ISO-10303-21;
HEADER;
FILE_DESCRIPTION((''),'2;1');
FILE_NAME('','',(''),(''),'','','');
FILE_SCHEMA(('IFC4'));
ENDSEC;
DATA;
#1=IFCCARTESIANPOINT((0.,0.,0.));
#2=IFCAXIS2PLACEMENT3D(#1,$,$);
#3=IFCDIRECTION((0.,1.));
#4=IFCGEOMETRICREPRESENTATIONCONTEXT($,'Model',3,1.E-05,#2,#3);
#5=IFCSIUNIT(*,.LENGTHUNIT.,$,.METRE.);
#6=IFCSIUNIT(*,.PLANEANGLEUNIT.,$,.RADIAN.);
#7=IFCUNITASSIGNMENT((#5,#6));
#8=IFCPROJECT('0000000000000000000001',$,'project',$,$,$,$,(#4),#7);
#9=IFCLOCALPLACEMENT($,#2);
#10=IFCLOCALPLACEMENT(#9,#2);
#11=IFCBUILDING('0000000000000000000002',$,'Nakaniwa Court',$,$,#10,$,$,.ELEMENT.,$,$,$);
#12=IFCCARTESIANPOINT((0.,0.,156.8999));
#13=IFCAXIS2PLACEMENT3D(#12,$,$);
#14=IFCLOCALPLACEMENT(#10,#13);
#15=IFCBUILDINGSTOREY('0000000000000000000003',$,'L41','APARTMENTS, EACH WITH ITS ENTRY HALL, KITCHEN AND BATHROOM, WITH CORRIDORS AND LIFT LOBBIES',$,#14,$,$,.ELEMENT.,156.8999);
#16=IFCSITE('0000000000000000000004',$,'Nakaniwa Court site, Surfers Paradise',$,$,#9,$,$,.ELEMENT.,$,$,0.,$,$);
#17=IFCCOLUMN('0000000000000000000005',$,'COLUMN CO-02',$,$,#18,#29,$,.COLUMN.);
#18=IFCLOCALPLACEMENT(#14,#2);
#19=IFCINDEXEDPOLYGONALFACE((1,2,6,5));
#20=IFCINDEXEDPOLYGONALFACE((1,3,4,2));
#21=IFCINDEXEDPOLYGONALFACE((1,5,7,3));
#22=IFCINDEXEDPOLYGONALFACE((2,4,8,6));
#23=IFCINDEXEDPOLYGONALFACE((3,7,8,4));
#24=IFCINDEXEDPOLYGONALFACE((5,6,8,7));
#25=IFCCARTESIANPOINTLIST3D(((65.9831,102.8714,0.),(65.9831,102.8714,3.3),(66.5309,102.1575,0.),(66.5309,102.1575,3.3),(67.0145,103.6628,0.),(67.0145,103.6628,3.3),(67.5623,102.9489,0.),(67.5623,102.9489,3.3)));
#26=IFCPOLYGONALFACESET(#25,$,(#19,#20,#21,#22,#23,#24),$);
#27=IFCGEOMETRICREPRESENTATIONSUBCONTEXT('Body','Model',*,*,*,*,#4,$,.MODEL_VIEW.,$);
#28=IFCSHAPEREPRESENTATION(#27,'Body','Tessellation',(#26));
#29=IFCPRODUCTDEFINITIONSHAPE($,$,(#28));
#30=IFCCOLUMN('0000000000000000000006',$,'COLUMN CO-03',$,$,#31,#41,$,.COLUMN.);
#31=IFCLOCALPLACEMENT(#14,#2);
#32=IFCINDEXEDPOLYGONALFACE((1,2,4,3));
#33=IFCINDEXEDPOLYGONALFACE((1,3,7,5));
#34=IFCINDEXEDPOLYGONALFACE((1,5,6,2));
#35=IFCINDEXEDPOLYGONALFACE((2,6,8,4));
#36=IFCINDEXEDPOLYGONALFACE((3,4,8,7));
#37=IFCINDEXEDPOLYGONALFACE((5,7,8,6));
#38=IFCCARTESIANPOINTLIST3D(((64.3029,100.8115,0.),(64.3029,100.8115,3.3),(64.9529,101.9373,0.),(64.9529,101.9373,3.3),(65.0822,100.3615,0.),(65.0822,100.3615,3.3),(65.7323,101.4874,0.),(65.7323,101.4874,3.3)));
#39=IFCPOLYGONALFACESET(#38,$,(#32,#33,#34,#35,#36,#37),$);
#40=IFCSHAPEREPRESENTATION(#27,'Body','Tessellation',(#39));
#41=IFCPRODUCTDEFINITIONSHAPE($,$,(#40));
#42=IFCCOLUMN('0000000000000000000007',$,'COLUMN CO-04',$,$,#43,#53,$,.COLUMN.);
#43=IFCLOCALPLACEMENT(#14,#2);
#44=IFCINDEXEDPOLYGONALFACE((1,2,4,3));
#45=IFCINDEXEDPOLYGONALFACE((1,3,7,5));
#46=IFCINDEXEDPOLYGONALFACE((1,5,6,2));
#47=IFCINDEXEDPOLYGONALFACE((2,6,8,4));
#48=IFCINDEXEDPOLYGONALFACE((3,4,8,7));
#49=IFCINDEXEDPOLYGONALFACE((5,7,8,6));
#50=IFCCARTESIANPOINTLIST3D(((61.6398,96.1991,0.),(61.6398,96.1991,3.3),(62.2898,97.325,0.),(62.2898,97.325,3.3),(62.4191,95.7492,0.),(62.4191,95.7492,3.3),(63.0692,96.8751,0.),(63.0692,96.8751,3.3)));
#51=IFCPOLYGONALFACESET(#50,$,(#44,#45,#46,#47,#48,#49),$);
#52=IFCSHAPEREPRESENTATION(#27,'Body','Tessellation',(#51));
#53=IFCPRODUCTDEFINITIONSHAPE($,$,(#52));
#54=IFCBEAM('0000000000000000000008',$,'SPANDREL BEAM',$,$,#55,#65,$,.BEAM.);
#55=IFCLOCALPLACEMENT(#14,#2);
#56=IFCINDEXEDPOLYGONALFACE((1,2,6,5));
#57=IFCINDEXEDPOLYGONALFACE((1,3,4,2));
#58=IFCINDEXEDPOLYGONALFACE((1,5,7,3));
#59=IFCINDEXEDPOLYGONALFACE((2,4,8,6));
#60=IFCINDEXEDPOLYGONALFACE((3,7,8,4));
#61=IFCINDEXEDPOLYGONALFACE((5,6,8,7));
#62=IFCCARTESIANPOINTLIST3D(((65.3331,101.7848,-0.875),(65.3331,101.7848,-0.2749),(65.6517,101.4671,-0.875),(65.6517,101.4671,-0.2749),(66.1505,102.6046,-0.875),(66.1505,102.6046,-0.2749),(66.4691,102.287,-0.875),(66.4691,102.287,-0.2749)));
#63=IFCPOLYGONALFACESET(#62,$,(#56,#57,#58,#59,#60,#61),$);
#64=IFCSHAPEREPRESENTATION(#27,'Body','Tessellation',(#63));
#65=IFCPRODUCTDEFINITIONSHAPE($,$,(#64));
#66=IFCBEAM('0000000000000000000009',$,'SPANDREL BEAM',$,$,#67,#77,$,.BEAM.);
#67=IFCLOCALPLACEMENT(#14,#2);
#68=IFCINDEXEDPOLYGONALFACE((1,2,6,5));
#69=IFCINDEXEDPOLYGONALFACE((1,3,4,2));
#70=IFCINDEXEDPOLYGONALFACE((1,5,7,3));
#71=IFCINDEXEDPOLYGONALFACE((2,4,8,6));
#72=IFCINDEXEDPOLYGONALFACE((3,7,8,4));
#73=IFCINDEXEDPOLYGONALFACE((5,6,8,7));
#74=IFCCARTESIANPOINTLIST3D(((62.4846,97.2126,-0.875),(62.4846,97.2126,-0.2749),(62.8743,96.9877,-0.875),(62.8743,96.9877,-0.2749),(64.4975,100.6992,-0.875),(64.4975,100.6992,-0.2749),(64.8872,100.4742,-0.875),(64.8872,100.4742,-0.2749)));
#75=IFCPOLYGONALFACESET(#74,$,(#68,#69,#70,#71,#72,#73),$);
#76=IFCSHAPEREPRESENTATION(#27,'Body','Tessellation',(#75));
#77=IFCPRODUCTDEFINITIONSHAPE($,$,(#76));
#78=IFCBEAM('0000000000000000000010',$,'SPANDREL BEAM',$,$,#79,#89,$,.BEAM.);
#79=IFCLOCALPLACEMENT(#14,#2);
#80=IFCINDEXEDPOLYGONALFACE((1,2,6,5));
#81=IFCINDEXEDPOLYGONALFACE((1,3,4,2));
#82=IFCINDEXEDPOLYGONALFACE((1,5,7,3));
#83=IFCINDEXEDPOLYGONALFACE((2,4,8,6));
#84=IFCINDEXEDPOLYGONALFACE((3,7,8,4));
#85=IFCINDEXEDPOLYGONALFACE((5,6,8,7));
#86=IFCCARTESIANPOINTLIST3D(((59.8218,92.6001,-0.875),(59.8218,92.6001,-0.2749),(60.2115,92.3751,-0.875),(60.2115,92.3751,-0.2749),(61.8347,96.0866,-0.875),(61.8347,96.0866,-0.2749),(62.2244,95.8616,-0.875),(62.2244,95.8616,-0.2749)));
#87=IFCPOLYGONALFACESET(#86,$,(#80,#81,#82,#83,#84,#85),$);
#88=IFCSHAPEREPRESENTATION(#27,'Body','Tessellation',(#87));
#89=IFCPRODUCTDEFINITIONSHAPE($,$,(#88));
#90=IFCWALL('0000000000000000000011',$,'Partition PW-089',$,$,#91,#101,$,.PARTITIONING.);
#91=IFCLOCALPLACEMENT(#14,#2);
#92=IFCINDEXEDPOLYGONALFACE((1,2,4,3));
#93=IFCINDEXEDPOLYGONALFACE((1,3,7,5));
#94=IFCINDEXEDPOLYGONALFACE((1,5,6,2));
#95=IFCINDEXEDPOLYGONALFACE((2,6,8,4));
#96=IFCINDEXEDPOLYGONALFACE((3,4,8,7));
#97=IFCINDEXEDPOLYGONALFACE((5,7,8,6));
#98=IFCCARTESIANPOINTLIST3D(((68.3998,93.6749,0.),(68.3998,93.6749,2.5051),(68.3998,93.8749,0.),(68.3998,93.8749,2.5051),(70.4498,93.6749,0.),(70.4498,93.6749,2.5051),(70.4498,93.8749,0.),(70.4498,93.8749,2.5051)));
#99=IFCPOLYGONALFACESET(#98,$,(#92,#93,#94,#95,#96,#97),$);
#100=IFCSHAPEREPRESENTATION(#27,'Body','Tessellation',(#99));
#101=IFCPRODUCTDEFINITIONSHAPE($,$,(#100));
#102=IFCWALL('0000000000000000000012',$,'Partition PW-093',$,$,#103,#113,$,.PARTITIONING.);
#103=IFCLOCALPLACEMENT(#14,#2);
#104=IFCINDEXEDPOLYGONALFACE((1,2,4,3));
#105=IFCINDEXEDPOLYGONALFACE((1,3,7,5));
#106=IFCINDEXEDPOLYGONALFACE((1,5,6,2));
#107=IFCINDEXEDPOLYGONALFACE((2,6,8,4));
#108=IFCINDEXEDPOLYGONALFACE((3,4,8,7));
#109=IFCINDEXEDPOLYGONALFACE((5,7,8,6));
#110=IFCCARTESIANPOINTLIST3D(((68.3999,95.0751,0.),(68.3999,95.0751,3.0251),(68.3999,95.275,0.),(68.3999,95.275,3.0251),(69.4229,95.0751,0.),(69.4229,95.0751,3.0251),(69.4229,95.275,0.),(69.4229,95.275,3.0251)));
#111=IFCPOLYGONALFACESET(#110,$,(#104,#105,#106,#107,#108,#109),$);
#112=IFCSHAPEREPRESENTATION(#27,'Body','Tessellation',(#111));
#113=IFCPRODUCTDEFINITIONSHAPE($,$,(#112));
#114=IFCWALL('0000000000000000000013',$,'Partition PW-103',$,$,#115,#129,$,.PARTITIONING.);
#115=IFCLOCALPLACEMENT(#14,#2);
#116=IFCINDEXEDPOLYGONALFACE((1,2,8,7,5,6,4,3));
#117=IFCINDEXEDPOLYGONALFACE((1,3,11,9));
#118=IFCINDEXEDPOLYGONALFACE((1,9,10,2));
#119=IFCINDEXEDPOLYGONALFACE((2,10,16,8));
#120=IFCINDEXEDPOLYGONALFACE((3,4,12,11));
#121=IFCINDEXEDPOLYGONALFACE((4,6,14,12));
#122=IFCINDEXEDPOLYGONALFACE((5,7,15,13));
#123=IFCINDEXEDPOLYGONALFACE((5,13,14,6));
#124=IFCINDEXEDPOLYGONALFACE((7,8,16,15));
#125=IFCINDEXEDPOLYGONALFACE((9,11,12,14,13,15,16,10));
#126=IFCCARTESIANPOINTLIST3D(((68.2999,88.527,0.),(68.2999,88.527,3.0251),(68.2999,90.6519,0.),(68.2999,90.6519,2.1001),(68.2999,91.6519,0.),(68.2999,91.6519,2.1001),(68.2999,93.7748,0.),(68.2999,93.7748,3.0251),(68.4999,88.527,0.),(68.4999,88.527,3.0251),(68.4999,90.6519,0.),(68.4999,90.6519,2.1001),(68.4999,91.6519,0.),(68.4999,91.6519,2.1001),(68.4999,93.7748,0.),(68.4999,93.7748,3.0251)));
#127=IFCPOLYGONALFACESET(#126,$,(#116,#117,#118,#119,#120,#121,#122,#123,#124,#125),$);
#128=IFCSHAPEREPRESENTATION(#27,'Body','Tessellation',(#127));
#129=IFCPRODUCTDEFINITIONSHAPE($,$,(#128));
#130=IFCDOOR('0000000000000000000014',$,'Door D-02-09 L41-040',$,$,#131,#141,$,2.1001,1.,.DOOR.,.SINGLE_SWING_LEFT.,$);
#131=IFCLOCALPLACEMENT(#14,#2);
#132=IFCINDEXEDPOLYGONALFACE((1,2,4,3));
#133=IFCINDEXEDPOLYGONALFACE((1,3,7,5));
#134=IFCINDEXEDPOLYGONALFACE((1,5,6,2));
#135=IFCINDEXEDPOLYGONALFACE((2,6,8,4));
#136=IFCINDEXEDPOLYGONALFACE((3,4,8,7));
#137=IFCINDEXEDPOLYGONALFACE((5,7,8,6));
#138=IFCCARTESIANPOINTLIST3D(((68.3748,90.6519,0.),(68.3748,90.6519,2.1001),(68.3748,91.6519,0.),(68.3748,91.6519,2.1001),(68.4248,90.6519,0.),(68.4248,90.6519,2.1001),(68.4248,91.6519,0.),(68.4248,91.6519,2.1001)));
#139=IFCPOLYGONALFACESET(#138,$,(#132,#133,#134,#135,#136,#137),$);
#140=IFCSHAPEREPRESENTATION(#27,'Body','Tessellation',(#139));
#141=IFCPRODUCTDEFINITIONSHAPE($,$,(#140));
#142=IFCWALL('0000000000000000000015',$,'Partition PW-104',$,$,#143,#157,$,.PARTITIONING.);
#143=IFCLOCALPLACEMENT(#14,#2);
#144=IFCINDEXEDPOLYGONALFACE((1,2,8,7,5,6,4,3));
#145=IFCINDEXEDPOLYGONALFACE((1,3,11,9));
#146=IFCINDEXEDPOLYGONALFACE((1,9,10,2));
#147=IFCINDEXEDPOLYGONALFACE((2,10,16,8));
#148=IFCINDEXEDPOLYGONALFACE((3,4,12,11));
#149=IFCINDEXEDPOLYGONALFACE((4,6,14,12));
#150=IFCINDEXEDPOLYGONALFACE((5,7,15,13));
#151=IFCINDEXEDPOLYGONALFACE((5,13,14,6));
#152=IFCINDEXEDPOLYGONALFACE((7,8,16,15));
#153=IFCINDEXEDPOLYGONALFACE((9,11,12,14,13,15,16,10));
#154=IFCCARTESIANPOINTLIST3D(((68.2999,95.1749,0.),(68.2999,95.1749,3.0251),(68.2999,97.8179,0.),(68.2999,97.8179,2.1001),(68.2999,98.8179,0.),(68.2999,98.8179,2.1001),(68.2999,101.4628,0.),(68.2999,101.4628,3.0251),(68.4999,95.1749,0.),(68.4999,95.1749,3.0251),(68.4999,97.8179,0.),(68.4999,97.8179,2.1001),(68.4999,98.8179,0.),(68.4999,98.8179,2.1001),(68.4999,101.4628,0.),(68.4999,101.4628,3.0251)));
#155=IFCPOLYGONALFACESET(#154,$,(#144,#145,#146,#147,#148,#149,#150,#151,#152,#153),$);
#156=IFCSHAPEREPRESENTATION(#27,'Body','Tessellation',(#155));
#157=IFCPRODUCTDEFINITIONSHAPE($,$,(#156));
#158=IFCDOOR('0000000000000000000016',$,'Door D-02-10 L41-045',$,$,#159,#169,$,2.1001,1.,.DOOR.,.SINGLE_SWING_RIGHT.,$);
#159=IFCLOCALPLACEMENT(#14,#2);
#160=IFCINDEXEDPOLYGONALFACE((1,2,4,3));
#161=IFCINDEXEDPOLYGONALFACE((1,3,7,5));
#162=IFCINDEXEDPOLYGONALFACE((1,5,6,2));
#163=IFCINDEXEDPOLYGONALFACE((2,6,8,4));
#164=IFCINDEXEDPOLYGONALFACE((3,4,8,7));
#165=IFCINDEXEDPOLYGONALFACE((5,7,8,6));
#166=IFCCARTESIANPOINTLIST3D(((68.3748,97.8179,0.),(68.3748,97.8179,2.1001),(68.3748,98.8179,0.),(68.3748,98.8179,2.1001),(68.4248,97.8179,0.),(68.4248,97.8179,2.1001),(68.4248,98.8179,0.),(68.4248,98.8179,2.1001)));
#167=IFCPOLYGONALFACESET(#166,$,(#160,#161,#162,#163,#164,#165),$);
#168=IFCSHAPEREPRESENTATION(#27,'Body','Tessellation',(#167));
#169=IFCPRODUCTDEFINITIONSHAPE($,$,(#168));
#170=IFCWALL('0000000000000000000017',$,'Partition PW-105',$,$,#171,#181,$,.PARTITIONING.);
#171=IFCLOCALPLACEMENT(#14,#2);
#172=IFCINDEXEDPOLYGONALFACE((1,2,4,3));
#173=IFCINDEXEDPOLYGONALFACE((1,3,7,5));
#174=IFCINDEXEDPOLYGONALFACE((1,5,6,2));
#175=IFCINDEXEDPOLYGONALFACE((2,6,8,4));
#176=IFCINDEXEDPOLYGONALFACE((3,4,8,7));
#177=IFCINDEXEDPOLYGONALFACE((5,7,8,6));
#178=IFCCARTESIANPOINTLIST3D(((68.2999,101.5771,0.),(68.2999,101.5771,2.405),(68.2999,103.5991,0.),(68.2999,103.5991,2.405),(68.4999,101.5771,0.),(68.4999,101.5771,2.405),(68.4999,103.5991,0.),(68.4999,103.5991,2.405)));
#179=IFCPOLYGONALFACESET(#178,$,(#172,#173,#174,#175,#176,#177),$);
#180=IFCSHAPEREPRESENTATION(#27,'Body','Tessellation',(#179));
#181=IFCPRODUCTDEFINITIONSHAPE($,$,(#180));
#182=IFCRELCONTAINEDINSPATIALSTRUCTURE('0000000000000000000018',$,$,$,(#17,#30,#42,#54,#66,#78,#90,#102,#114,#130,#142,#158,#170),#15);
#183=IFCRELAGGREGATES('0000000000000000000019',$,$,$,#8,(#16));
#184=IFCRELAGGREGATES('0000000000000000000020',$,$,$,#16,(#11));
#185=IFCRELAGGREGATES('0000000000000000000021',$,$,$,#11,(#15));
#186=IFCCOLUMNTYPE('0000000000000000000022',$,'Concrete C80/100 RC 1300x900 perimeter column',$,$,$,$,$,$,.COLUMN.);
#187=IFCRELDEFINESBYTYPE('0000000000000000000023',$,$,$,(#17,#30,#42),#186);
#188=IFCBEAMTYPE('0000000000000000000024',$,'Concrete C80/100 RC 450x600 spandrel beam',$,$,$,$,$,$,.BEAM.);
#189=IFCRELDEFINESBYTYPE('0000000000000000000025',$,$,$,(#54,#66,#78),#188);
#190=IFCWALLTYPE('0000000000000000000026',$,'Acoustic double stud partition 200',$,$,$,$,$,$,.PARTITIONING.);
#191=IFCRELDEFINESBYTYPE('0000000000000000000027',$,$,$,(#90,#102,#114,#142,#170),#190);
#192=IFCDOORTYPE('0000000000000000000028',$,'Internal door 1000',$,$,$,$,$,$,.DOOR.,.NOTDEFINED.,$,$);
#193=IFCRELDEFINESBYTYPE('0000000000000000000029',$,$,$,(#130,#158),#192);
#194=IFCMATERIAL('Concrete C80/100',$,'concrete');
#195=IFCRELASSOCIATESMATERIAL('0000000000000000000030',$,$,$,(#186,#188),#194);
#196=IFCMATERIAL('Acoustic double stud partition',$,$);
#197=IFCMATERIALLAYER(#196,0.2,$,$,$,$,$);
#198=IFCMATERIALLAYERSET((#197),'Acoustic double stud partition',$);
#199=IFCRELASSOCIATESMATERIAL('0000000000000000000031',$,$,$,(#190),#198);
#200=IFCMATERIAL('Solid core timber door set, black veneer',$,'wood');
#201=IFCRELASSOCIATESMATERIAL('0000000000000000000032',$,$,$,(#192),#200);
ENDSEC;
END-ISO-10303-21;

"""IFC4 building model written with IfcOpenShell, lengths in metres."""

from ifc_helpers import new_model, si_unit, direction, frame, frame_2d, origin, origin_2d, place, context, subcontext, project, spatial, rectangle, extrude, material, layer, layer_set, material_profile, profile_set, type_object, element, fill, save


model = new_model("IFC4")

# Units and contexts
model_context = context("Model", 3, precision=1e-05, world=origin(), true_north=direction((0.0, 1.0)))
body_context = subcontext(model_context, "Body", "Model", "MODEL_VIEW")
ifc_project = project(units=[si_unit("LENGTHUNIT", "METRE"), si_unit("PLANEANGLEUNIT", "RADIAN")], contexts=[model_context])

# Site, building, storey
site_placement = place(None, origin())
site = spatial("IfcSite", under=ifc_project, at=site_placement, Name="Nakaniwa Court site, Surfers Paradise", CompositionType="ELEMENT", RefElevation=0.0)
building_placement = place(site_placement, origin())
building = spatial("IfcBuilding", under=site, at=building_placement, Name="Nakaniwa Court", CompositionType="ELEMENT")
storey_placement = place(building_placement, frame((0.0, 0.0, 156.8999)))
storey = spatial("IfcBuildingStorey", under=building, at=storey_placement, Name="L41", Description="APARTMENTS, EACH WITH ITS ENTRY HALL, KITCHEN AND BATHROOM, WITH CORRIDORS AND LIFT LOBBIES", CompositionType="ELEMENT", Elevation=156.8999)

# Columns
ifc_material_1 = material(Name="Concrete C80/100", Category="concrete")
ifc_material_profile_1 = material_profile(ifc_material_1, rectangle(XDim=1.3, YDim=0.8999, at=origin_2d()), Name="Concrete C80/100 RC 1300x900 perimeter column")
ifc_profile_set_1 = profile_set([ifc_material_profile_1], Name="Concrete C80/100")
column_type = type_object("IfcColumnType", Name="Concrete C80/100 RC 1300x900 perimeter column", PredefinedType="COLUMN", material=ifc_profile_set_1)
for number, where, z_axis, x_axis, name in (
    (1, (66.7727, 102.9102, 0.0), (0.0, 0.0, 1.0), (-0.793364, -0.608748, 0.0), "COLUMN CO-02"),
    (2, (65.0176, 101.1494, 0.0), (0.0, 0.0, 1.0), (-0.5, -0.866025, 0.0), "COLUMN CO-03"),
    (3, (62.3545, 96.5371, 0.0), (0.0, 0.0, 1.0), (-0.5, -0.866025, 0.0), "COLUMN CO-04"),
):
    element("IfcColumn", number, at=place(storey_placement, frame(where, z_axis=z_axis, x_axis=x_axis)), inside=storey, type_object=column_type, Name=name, PredefinedType="COLUMN", context=body_context, shape_type="SweptSolid", body=[
        extrude(rectangle(XDim=1.3, YDim=0.8999, at=origin_2d()), origin(), (0.0, 0.0, 1.0), 3.3),
    ])

# Beams
ifc_material_profile_2 = material_profile(ifc_material_1, rectangle(XDim=0.45, YDim=0.6001, at=origin_2d()), Name="Concrete C80/100 RC 450x600 spandrel beam")
ifc_profile_set_2 = profile_set([ifc_material_profile_2], Name="Concrete C80/100")
beam_type = type_object("IfcBeamType", Name="Concrete C80/100 RC 450x600 spandrel beam", PredefinedType="BEAM", material=ifc_profile_set_2)
beam_placement = place(storey_placement, frame((66.3098, 102.4458, -0.575), z_axis=(-0.706052, -0.70816, 0.0), x_axis=(0.70816, -0.706052, 0.0)))
element("IfcBeam", 4, at=beam_placement, inside=storey, type_object=beam_type, Name="SPANDREL BEAM", PredefinedType="BEAM", context=body_context, shape_type="SweptSolid", body=[
    extrude(rectangle(XDim=0.45, YDim=0.6001, at=origin_2d()), origin(), (0.0, 0.0, 1.0), 1.1577),
])
for number, where, z_axis, x_axis, name in (
    (5, (64.6924, 100.5867, -0.575), (-0.499994, -0.866029, 0.0), (0.866029, -0.499994, 0.0), "SPANDREL BEAM"),
    (6, (62.0295, 95.9741, -0.575), (-0.499994, -0.866029, 0.0), (0.866029, -0.499994, 0.0), "SPANDREL BEAM"),
):
    element("IfcBeam", number, at=place(storey_placement, frame(where, z_axis=z_axis, x_axis=x_axis)), inside=storey, type_object=beam_type, Name=name, PredefinedType="BEAM", context=body_context, shape_type="SweptSolid", body=[
        extrude(rectangle(XDim=0.45, YDim=0.6001, at=origin_2d()), origin(), (0.0, 0.0, 1.0), 4.0259),
    ])

# Walls
ifc_material_2 = material(Name="Acoustic double stud partition")
ifc_layer_1 = layer(ifc_material_2, 0.2)
ifc_layer_set_1 = layer_set([ifc_layer_1], Name="Acoustic double stud partition")
wall_type_1 = type_object("IfcWallType", Name="Acoustic double stud partition 200", PredefinedType="PARTITIONING", material=ifc_layer_set_1)
wall_1_placement = place(storey_placement, frame((68.3999, 93.7749, 0.0), z_axis=(0.0, 0.0, 1.0), x_axis=(1.0, 0.0, 0.0)))
element("IfcWall", 7, at=wall_1_placement, inside=storey, type_object=wall_type_1, Name="Partition PW-089", PredefinedType="PARTITIONING", context=body_context, shape_type="SweptSolid", body=[
    extrude(rectangle(XDim=2.05, YDim=0.2, at=frame_2d((1.0249, 0.0))), origin(), (0.0, 0.0, 1.0), 2.5051),
])
wall_2_placement = place(storey_placement, frame((68.3999, 95.175, 0.0), z_axis=(0.0, 0.0, 1.0), x_axis=(1.0, 0.0, 0.0)))
element("IfcWall", 8, at=wall_2_placement, inside=storey, type_object=wall_type_1, Name="Partition PW-093", PredefinedType="PARTITIONING", context=body_context, shape_type="SweptSolid", body=[
    extrude(rectangle(XDim=1.0229, YDim=0.2, at=frame_2d((0.5115, 0.0))), origin(), (0.0, 0.0, 1.0), 3.0251),
])

# Walls, openings, doors
wall_3_placement = place(storey_placement, frame((68.3999, 93.7749, 0.0), z_axis=(0.0, 0.0, 1.0), x_axis=(0.0, -1.0, 0.0)))
wall_3 = element("IfcWall", 9, at=wall_3_placement, inside=storey, type_object=wall_type_1, Name="Partition PW-103", PredefinedType="PARTITIONING", context=body_context, shape_type="SweptSolid", body=[
    extrude(rectangle(XDim=5.2478, YDim=0.2, at=frame_2d((2.624, 0.0))), origin(), (0.0, 0.0, 1.0), 3.0251),
])
opening_1_placement = place(wall_3_placement, frame((2.123, 0.0, 0.0)))
opening_1 = element("IfcOpeningElement", 10, at=opening_1_placement, cuts=wall_3, PredefinedType="OPENING", context=body_context, shape_type="SweptSolid", body=[
    extrude(rectangle(XDim=1.0, YDim=2.1001, at=frame_2d((0.5, 1.05))), frame((0.0, 0.1099, 0.0), z_axis=(0.0, -1.0, 0.0), x_axis=(1.0, 0.0, 0.0)), (0.0, 0.0, 1.0), 0.22),
])
ifc_material_3 = material(Name="Solid core timber door set, black veneer", Category="wood")
door_type_1 = type_object("IfcDoorType", Name="Internal door 1000", OperationType="NOTDEFINED", PredefinedType="DOOR", material=ifc_material_3)
door_1_placement = place(opening_1_placement, origin())
door_1 = element("IfcDoor", 11, at=door_1_placement, inside=storey, type_object=door_type_1, Name="Door D-02-09 L41-040", OperationType="SINGLE_SWING_LEFT", OverallHeight=2.1001, OverallWidth=1.0, PredefinedType="DOOR", context=body_context, shape_type="SweptSolid", body=[
    extrude(rectangle(XDim=1.0, YDim=2.1001, at=frame_2d((0.5, 1.05))), frame((0.0, 0.0249, 0.0), z_axis=(0.0, -1.0, 0.0), x_axis=(1.0, 0.0, 0.0)), (0.0, 0.0, 1.0), 0.05),
])
fill(opening_1, door_1)
wall_4_placement = place(storey_placement, frame((68.3999, 101.4629, 0.0), z_axis=(0.0, 0.0, 1.0), x_axis=(0.0, -1.0, 0.0)))
wall_4 = element("IfcWall", 12, at=wall_4_placement, inside=storey, type_object=wall_type_1, Name="Partition PW-104", PredefinedType="PARTITIONING", context=body_context, shape_type="SweptSolid", body=[
    extrude(rectangle(XDim=6.2878, YDim=0.2, at=frame_2d((3.144, 0.0))), origin(), (0.0, 0.0, 1.0), 3.0251),
])
opening_2_placement = place(wall_4_placement, frame((2.645, 0.0, 0.0)))
opening_2 = element("IfcOpeningElement", 13, at=opening_2_placement, cuts=wall_4, PredefinedType="OPENING", context=body_context, shape_type="SweptSolid", body=[
    extrude(rectangle(XDim=1.0, YDim=2.1001, at=frame_2d((0.5, 1.05))), frame((0.0, 0.1099, 0.0), z_axis=(0.0, -1.0, 0.0), x_axis=(1.0, 0.0, 0.0)), (0.0, 0.0, 1.0), 0.22),
])
door_2_placement = place(opening_2_placement, origin())
door_2 = element("IfcDoor", 14, at=door_2_placement, inside=storey, type_object=door_type_1, Name="Door D-02-10 L41-045", OperationType="SINGLE_SWING_RIGHT", OverallHeight=2.1001, OverallWidth=1.0, PredefinedType="DOOR", context=body_context, shape_type="SweptSolid", body=[
    extrude(rectangle(XDim=1.0, YDim=2.1001, at=frame_2d((0.5, 1.05))), frame((0.0, 0.0249, 0.0), z_axis=(0.0, -1.0, 0.0), x_axis=(1.0, 0.0, 0.0)), (0.0, 0.0, 1.0), 0.05),
])
fill(opening_2, door_2)

# Wall
wall_5_placement = place(storey_placement, frame((68.3999, 101.5771, 0.0), z_axis=(0.0, 0.0, 1.0), x_axis=(0.0, 1.0, 0.0)))
element("IfcWall", 15, at=wall_5_placement, inside=storey, type_object=wall_type_1, Name="Partition PW-105", PredefinedType="PARTITIONING", context=body_context, shape_type="SweptSolid", body=[
    extrude(rectangle(XDim=2.022, YDim=0.2, at=frame_2d((1.011, 0.0))), origin(), (0.0, 0.0, 1.0), 2.405),
])

save(model, "model.ifc")
